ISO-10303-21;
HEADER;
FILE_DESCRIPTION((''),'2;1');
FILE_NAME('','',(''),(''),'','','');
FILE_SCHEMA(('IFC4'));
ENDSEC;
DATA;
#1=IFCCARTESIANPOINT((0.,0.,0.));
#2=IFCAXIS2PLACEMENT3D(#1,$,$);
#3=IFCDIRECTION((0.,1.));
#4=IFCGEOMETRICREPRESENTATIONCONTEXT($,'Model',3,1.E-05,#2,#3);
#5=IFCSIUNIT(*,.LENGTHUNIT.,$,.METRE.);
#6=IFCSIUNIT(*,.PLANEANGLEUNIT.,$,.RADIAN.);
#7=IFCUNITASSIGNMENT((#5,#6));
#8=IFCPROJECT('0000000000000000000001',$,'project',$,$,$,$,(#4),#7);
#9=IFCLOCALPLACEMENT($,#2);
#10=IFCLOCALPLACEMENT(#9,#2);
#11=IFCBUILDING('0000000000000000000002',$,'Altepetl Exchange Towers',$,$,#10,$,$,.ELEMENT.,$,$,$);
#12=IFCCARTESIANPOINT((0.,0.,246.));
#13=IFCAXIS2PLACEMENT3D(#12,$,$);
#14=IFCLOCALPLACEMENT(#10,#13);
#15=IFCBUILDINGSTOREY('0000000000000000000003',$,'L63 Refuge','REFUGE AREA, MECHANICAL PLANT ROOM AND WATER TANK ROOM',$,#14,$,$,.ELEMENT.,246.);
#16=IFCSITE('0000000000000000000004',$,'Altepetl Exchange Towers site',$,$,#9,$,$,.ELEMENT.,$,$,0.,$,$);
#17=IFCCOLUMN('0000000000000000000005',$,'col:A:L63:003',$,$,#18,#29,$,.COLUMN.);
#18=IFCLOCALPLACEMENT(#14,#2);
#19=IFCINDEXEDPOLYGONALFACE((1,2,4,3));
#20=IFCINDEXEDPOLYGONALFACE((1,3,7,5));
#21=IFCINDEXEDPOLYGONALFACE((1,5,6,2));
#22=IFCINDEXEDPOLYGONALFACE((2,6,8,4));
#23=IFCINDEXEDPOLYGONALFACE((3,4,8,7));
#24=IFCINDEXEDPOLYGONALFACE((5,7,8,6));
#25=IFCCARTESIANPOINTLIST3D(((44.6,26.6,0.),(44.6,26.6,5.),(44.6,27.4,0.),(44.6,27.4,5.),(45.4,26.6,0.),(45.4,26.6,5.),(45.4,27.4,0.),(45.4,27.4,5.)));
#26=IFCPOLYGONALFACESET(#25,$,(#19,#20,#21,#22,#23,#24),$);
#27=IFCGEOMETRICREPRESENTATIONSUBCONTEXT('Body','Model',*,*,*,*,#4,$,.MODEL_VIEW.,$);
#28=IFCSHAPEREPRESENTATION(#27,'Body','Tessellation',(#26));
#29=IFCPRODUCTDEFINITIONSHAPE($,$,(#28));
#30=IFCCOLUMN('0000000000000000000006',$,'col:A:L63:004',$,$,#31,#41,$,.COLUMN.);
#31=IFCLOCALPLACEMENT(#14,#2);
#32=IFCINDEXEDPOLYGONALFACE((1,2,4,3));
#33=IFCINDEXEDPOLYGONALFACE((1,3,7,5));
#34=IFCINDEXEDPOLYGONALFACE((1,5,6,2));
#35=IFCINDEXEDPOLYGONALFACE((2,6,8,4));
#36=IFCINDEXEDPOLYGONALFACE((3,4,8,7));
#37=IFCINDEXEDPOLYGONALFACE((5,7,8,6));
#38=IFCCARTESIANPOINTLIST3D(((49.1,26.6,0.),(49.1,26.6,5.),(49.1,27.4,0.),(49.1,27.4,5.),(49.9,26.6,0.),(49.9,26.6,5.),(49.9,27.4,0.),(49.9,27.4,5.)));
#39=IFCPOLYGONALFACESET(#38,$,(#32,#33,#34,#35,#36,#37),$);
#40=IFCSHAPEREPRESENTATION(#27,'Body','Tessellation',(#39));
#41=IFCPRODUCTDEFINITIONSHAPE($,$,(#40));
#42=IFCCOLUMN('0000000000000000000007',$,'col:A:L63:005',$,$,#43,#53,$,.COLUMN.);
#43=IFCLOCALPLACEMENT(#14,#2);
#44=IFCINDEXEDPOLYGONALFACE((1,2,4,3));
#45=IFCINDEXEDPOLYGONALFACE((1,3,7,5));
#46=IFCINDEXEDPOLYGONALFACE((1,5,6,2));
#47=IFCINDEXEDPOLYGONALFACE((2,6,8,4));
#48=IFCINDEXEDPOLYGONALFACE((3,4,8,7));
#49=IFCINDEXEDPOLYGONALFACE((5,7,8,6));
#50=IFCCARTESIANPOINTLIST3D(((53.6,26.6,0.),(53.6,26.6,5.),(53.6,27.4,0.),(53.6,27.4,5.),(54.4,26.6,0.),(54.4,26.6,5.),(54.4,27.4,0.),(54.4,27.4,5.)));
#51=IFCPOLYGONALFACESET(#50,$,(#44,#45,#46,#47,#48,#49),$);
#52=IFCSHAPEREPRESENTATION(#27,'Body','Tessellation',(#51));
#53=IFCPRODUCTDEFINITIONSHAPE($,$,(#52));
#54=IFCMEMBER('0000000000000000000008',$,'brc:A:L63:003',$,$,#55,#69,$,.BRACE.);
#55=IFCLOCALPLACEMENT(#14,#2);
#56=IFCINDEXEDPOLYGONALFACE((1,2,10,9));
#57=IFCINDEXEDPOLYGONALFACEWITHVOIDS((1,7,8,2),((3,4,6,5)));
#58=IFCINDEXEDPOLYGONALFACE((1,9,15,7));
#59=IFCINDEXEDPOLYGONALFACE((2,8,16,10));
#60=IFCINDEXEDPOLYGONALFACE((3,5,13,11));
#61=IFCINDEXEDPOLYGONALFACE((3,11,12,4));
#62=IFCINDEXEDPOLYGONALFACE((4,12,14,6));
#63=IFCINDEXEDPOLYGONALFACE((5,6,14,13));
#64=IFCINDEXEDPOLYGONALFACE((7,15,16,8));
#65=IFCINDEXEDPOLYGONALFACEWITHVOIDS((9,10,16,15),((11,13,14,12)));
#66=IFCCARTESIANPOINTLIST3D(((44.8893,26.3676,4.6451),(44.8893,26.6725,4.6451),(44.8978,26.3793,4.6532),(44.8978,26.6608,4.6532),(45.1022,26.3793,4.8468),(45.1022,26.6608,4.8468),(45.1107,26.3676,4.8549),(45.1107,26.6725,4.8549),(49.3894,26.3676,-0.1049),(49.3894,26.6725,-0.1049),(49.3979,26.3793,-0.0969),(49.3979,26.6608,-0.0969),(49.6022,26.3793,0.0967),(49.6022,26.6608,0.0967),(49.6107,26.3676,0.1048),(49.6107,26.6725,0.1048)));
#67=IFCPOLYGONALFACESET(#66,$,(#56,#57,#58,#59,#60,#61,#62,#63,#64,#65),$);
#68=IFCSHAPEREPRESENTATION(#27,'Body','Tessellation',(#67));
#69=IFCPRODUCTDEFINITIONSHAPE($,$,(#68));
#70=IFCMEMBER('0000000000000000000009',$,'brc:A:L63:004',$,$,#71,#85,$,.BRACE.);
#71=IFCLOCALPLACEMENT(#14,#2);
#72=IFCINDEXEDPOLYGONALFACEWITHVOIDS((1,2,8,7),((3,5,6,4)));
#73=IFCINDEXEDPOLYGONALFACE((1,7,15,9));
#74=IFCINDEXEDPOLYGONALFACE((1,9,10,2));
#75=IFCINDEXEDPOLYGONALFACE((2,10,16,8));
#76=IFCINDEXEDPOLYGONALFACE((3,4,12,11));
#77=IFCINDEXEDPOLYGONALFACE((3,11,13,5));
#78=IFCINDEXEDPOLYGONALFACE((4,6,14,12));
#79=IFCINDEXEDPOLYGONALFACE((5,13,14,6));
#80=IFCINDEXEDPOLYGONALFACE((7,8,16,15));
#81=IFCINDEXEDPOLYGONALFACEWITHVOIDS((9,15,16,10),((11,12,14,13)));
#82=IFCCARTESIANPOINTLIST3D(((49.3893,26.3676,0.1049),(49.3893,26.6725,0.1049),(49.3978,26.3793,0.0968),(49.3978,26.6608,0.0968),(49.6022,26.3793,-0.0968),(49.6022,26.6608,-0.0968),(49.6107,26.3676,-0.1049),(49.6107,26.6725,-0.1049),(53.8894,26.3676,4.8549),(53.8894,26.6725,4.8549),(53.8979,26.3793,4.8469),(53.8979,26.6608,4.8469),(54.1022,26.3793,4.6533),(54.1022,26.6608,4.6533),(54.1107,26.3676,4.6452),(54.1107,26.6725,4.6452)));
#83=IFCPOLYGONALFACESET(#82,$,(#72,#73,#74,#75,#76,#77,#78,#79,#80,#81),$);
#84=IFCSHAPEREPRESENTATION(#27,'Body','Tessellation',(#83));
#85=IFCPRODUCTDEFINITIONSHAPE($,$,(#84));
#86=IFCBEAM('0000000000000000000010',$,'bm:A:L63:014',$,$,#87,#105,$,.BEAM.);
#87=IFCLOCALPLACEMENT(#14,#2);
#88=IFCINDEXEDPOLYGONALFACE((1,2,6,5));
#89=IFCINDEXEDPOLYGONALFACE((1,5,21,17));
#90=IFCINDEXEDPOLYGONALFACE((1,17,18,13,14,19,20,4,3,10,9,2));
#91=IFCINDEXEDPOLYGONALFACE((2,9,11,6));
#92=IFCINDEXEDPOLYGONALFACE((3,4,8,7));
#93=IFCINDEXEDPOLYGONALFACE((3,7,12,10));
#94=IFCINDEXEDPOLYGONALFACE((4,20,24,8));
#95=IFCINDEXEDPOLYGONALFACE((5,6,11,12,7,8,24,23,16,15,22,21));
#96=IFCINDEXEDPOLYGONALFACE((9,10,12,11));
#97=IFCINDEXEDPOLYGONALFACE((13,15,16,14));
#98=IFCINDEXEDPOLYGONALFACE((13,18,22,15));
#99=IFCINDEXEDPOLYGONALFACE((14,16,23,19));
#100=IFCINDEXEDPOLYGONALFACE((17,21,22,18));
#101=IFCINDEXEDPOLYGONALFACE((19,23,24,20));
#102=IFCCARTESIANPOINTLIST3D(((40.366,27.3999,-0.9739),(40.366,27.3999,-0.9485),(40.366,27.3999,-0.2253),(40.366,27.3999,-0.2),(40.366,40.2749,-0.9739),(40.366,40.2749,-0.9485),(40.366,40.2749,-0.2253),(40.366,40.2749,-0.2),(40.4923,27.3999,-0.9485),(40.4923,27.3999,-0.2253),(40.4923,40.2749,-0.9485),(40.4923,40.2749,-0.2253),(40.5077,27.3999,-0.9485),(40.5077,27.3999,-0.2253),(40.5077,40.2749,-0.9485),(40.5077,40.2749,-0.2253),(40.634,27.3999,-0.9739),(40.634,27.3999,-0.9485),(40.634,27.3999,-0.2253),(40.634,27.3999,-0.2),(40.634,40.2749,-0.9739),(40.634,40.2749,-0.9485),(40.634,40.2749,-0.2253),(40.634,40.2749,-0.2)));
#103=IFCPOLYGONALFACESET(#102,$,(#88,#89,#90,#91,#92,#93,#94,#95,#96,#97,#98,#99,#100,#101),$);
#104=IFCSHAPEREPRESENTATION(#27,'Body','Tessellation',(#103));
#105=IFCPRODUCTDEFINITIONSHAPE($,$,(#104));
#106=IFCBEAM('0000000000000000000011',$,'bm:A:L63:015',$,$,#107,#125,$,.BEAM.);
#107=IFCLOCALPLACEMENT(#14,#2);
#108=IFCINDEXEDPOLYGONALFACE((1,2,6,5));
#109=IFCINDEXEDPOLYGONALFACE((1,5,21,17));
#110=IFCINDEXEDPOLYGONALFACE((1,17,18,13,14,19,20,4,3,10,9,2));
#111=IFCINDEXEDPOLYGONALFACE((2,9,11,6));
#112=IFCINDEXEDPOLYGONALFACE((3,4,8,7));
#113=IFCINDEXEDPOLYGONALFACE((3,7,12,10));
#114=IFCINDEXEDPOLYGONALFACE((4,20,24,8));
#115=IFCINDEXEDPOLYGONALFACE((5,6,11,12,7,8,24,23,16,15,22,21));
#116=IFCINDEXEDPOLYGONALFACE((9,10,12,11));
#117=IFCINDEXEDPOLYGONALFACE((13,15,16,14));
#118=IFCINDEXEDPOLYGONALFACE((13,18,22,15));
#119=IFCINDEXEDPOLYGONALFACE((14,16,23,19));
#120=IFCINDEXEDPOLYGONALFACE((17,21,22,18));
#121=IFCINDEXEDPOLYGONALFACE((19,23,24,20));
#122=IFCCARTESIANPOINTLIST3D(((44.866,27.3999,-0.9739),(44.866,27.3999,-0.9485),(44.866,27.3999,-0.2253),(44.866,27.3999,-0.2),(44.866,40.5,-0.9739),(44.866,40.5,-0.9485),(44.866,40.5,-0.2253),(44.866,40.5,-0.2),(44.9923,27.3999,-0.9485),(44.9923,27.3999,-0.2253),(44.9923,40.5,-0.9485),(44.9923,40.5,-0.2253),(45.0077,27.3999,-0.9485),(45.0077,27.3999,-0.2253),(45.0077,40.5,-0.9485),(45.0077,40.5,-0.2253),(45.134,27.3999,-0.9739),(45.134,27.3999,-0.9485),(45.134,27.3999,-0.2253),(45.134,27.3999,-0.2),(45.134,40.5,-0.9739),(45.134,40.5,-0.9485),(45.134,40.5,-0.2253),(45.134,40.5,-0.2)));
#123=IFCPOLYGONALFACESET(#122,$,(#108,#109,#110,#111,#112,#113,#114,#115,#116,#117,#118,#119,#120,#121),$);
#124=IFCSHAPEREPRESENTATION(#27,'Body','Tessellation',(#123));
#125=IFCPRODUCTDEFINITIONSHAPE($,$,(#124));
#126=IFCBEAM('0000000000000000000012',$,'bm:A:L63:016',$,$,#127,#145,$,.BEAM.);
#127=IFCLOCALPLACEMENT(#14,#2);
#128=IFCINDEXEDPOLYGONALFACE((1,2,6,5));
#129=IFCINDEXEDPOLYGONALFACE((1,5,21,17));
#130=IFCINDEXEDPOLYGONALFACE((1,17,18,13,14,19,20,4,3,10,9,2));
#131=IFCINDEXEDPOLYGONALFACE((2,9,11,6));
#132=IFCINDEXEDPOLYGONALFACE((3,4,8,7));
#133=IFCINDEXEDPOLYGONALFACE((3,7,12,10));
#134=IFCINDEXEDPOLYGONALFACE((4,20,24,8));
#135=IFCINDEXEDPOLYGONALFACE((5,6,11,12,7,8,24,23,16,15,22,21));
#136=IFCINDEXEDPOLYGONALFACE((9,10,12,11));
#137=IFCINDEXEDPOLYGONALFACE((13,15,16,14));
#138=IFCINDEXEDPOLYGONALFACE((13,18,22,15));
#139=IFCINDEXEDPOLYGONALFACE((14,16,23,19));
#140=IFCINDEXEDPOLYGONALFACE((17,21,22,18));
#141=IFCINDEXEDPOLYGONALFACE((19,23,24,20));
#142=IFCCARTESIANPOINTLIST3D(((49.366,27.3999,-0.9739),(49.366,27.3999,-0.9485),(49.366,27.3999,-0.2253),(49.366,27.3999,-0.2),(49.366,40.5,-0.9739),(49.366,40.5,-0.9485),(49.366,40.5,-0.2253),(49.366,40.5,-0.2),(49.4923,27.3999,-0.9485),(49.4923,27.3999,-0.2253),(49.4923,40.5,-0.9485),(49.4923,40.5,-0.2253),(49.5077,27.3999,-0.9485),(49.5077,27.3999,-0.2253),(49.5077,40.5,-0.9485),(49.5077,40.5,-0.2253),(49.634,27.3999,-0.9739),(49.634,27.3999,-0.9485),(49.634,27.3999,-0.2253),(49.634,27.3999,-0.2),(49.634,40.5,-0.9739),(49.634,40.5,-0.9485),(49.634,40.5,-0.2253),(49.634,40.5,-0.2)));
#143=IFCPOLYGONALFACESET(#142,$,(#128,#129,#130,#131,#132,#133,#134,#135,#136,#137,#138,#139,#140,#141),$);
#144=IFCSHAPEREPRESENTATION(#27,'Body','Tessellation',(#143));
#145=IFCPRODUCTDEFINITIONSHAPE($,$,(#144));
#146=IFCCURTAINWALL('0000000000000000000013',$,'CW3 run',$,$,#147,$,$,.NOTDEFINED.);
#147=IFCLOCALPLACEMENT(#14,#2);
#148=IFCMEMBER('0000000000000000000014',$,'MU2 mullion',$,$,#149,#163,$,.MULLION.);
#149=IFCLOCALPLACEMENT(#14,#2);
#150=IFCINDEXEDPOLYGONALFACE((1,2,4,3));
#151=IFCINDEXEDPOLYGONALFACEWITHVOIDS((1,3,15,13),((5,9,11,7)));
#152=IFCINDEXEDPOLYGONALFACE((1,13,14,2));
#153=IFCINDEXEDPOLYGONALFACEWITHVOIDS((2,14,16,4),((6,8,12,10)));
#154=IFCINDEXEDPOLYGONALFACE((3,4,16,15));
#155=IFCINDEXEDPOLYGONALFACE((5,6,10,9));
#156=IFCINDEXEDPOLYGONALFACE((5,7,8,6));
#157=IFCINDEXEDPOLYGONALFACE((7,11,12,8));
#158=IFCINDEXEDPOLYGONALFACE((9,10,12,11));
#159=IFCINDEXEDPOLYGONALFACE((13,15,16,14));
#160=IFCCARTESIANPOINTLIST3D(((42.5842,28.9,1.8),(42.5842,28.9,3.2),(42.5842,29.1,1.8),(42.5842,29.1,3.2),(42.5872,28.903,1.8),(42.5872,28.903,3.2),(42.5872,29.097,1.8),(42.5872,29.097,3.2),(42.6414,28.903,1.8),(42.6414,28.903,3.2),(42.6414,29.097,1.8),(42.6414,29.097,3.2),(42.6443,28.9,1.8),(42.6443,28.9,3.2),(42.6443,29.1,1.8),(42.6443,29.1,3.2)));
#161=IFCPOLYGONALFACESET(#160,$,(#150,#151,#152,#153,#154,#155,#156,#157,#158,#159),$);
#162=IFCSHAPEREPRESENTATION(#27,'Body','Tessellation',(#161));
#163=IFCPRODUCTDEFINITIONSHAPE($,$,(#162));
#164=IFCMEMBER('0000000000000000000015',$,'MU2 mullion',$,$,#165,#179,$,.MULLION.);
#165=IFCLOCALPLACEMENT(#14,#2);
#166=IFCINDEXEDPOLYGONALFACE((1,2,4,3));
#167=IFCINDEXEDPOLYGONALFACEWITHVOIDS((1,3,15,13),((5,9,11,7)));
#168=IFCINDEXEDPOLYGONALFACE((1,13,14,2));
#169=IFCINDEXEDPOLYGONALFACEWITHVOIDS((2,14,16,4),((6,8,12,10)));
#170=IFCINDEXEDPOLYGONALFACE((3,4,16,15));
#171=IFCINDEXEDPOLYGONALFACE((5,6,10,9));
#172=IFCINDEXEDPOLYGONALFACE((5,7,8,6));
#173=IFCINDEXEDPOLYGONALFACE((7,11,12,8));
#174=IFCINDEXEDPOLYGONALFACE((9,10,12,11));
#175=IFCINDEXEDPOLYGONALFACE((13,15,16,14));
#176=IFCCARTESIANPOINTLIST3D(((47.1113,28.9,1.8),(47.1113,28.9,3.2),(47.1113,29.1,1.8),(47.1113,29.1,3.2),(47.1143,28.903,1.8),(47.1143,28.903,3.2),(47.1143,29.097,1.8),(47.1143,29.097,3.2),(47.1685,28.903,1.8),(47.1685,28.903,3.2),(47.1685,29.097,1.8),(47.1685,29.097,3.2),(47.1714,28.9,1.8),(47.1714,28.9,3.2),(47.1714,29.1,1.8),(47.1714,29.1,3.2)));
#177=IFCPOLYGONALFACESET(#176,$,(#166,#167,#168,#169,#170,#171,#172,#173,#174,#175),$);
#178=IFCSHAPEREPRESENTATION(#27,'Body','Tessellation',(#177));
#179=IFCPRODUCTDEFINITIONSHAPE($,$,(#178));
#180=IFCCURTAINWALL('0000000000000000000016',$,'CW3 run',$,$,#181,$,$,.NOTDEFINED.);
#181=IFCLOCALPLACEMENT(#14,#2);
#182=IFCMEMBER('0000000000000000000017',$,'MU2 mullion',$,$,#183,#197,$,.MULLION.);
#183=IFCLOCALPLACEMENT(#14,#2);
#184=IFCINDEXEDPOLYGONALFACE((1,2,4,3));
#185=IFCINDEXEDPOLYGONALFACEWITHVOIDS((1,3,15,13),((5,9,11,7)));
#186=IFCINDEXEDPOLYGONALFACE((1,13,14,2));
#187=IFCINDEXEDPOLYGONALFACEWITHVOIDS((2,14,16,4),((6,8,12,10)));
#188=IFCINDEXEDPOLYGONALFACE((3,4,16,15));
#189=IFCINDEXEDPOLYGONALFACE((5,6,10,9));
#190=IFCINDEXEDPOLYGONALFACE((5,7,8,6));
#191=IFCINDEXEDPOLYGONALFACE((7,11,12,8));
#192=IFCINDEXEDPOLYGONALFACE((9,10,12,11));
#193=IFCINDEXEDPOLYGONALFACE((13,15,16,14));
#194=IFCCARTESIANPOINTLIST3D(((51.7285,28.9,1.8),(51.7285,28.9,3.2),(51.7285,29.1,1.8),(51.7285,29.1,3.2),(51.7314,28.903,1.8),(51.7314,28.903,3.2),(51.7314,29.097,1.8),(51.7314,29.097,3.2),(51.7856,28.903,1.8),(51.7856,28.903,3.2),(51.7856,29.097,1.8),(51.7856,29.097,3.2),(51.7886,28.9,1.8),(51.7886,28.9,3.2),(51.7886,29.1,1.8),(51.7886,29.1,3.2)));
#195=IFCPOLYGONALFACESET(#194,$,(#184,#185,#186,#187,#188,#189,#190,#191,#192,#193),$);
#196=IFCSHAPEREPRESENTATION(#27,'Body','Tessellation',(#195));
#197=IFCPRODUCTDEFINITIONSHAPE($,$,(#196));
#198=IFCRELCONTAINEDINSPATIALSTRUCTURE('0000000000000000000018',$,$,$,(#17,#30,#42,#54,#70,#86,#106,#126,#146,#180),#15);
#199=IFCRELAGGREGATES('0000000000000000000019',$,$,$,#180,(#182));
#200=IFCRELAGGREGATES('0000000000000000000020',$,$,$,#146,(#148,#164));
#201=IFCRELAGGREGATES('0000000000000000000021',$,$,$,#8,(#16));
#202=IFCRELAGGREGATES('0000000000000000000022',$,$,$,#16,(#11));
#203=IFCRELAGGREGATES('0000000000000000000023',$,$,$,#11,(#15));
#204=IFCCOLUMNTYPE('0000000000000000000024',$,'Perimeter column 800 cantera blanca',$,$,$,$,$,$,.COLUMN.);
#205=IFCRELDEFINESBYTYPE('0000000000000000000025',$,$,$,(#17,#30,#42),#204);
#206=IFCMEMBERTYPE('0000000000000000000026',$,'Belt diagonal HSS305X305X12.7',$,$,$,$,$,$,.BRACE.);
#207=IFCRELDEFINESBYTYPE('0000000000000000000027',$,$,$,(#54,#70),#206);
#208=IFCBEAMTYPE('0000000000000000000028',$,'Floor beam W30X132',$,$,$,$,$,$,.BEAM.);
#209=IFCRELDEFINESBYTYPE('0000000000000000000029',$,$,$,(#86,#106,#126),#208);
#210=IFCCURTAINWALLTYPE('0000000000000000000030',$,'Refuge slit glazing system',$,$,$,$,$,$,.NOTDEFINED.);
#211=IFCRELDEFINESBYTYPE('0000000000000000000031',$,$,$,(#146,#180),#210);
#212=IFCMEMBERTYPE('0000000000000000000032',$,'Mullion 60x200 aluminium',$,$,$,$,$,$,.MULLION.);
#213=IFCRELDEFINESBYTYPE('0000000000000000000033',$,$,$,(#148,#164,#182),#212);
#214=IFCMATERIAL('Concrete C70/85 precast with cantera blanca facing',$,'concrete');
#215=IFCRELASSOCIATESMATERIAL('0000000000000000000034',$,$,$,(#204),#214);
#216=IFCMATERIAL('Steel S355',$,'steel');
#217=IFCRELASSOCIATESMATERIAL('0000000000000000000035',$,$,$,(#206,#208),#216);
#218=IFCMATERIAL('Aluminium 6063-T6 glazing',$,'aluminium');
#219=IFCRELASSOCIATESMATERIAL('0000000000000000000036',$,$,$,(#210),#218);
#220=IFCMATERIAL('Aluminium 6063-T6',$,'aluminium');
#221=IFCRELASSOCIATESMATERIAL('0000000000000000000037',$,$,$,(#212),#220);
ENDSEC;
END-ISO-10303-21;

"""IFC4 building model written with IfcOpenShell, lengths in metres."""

from ifc_helpers import new_model, si_unit, direction, frame, origin, origin_2d, place, context, subcontext, project, spatial, rectangle, hollow_rectangle, i_section, extrude, material, material_profile, profile_set, type_object, element, aggregate, save


model = new_model("IFC4")

# Units and contexts
model_context = context("Model", 3, precision=1e-05, world=origin(), true_north=direction((0.0, 1.0)))
body_context = subcontext(model_context, "Body", "Model", "MODEL_VIEW")
ifc_project = project(units=[si_unit("LENGTHUNIT", "METRE"), si_unit("PLANEANGLEUNIT", "RADIAN")], contexts=[model_context])

# Site, building, storey
site_placement = place(None, origin())
site = spatial("IfcSite", under=ifc_project, at=site_placement, Name="Altepetl Exchange Towers site", CompositionType="ELEMENT", RefElevation=0.0)
building_placement = place(site_placement, origin())
building = spatial("IfcBuilding", under=site, at=building_placement, Name="Altepetl Exchange Towers", CompositionType="ELEMENT")
storey_placement = place(building_placement, frame((0.0, 0.0, 246.0)))
storey = spatial("IfcBuildingStorey", under=building, at=storey_placement, Name="L63 Refuge", Description="REFUGE AREA, MECHANICAL PLANT ROOM AND WATER TANK ROOM", CompositionType="ELEMENT", Elevation=246.0)

# Columns
ifc_material_1 = material(Name="Concrete C70/85 precast with cantera blanca facing", Category="concrete")
ifc_material_profile_1 = material_profile(ifc_material_1, rectangle(XDim=0.8, YDim=0.8, at=origin_2d()), Name="800 x 800")
ifc_profile_set_1 = profile_set([ifc_material_profile_1], Name="Concrete C70/85 precast with cantera blanca facing")
column_type = type_object("IfcColumnType", Name="Perimeter column 800 cantera blanca", PredefinedType="COLUMN", material=ifc_profile_set_1)
for number, where, name in (
    (1, (45.0, 27.0, 0.0), "col:A:L63:003"),
    (2, (49.5, 27.0, 0.0), "col:A:L63:004"),
    (3, (54.0, 27.0, 0.0), "col:A:L63:005"),
):
    element("IfcColumn", number, at=place(storey_placement, frame(where)), inside=storey, type_object=column_type, Name=name, PredefinedType="COLUMN", context=body_context, shape_type="SweptSolid", body=[
        extrude(rectangle(XDim=0.8, YDim=0.8, at=origin_2d()), origin(), (0.0, 0.0, 1.0), 5.0),
    ])

# Members
ifc_material_2 = material(Name="Steel S355", Category="steel")
ifc_material_profile_2 = material_profile(ifc_material_2, hollow_rectangle(XDim=0.3049, YDim=0.3049, WallThickness=0.0117, at=origin_2d()), Name="HSS305X305X12.7")
ifc_profile_set_2 = profile_set([ifc_material_profile_2], Name="Steel S355")
member_type_1 = type_object("IfcMemberType", Name="Belt diagonal HSS305X305X12.7", PredefinedType="BRACE", material=ifc_profile_set_2)
for number, where, z_axis, x_axis, name in (
    (4, (45.0, 26.52, 4.75), (0.687745, 0.0, -0.725953), (0.0, 1.0, 0.0), "brc:A:L63:003"),
    (5, (49.5, 26.52, 0.0), (0.687745, 0.0, 0.725953), (0.0, 1.0, 0.0), "brc:A:L63:004"),
):
    element("IfcMember", number, at=place(storey_placement, frame(where, z_axis=z_axis, x_axis=x_axis)), inside=storey, type_object=member_type_1, Name=name, PredefinedType="BRACE", context=body_context, shape_type="SweptSolid", body=[
        extrude(hollow_rectangle(XDim=0.3049, YDim=0.3049, WallThickness=0.0117, at=origin_2d()), origin(), (0.0, 0.0, 1.0), 6.5432),
    ])

# Beams
ifc_material_profile_3 = material_profile(ifc_material_2, i_section(OverallWidth=0.2681, OverallDepth=0.7739, WebThickness=0.0154, FlangeThickness=0.0254, at=origin_2d()), Name="W30X132")
ifc_profile_set_3 = profile_set([ifc_material_profile_3], Name="Steel S355")
beam_type_1 = type_object("IfcBeamType", Name="Floor beam W30X132", PredefinedType="BEAM", material=ifc_profile_set_3)
beam_placement = place(storey_placement, frame((40.5, 27.3999, -0.5869), z_axis=(0.0, 1.0, 0.0), x_axis=(-1.0, 0.0, 0.0)))
element("IfcBeam", 6, at=beam_placement, inside=storey, type_object=beam_type_1, Name="bm:A:L63:014", PredefinedType="BEAM", context=body_context, shape_type="SweptSolid", body=[
    extrude(i_section(OverallWidth=0.2681, OverallDepth=0.7739, WebThickness=0.0154, FlangeThickness=0.0254, at=origin_2d()), origin(), (0.0, 0.0, 1.0), 12.875),
])
for number, where, z_axis, x_axis, name in (
    (7, (45.0, 27.3999, -0.5869), (0.0, 1.0, 0.0), (-1.0, 0.0, 0.0), "bm:A:L63:015"),
    (8, (49.5, 27.3999, -0.5869), (0.0, 1.0, 0.0), (-1.0, 0.0, 0.0), "bm:A:L63:016"),
):
    element("IfcBeam", number, at=place(storey_placement, frame(where, z_axis=z_axis, x_axis=x_axis)), inside=storey, type_object=beam_type_1, Name=name, PredefinedType="BEAM", context=body_context, shape_type="SweptSolid", body=[
        extrude(i_section(OverallWidth=0.2681, OverallDepth=0.7739, WebThickness=0.0154, FlangeThickness=0.0254, at=origin_2d()), origin(), (0.0, 0.0, 1.0), 13.1001),
    ])

# Curtain wall, members
ifc_material_3 = material(Name="Aluminium 6063-T6 glazing", Category="aluminium")
curtain_wall_type = type_object("IfcCurtainWallType", Name="Refuge slit glazing system", PredefinedType="NOTDEFINED", material=ifc_material_3)
curtain_wall_1_placement = place(storey_placement, origin())
curtain_wall_1 = element("IfcCurtainWall", 9, at=curtain_wall_1_placement, inside=storey, type_object=curtain_wall_type, Name="CW3 run", PredefinedType="NOTDEFINED")
ifc_material_4 = material(Name="Aluminium 6063-T6", Category="aluminium")
ifc_material_profile_4 = material_profile(ifc_material_4, hollow_rectangle(XDim=0.0601, YDim=0.2, WallThickness=0.0029, at=origin_2d()), Name="Mullion 60x200 aluminium")
ifc_profile_set_4 = profile_set([ifc_material_profile_4], Name="Aluminium 6063-T6")
member_type_2 = type_object("IfcMemberType", Name="Mullion 60x200 aluminium", PredefinedType="MULLION", material=ifc_profile_set_4)
member_1_placement = place(storey_placement, frame((42.6143, 29.0, 1.8)))
member_1 = element("IfcMember", 10, at=member_1_placement, type_object=member_type_2, Name="MU2 mullion", PredefinedType="MULLION", context=body_context, shape_type="SweptSolid", body=[
    extrude(hollow_rectangle(XDim=0.0601, YDim=0.2, WallThickness=0.0029, at=origin_2d()), origin(), (0.0, 0.0, 1.0), 1.3999),
])
member_2_placement = place(storey_placement, frame((47.1414, 29.0, 1.8)))
member_2 = element("IfcMember", 11, at=member_2_placement, type_object=member_type_2, Name="MU2 mullion", PredefinedType="MULLION", context=body_context, shape_type="SweptSolid", body=[
    extrude(hollow_rectangle(XDim=0.0601, YDim=0.2, WallThickness=0.0029, at=origin_2d()), origin(), (0.0, 0.0, 1.0), 1.3999),
])

# Curtain wall, member
curtain_wall_2_placement = place(storey_placement, origin())
curtain_wall_2 = element("IfcCurtainWall", 12, at=curtain_wall_2_placement, inside=storey, type_object=curtain_wall_type, Name="CW3 run", PredefinedType="NOTDEFINED")
member_3_placement = place(storey_placement, frame((51.7585, 29.0, 1.8)))
member_3 = element("IfcMember", 13, at=member_3_placement, type_object=member_type_2, Name="MU2 mullion", PredefinedType="MULLION", context=body_context, shape_type="SweptSolid", body=[
    extrude(hollow_rectangle(XDim=0.0601, YDim=0.2, WallThickness=0.0029, at=origin_2d()), origin(), (0.0, 0.0, 1.0), 1.3999),
])
aggregate(curtain_wall_2, [member_3])

aggregate(curtain_wall_1, [member_1, member_2])

save(model, "model.ifc")
